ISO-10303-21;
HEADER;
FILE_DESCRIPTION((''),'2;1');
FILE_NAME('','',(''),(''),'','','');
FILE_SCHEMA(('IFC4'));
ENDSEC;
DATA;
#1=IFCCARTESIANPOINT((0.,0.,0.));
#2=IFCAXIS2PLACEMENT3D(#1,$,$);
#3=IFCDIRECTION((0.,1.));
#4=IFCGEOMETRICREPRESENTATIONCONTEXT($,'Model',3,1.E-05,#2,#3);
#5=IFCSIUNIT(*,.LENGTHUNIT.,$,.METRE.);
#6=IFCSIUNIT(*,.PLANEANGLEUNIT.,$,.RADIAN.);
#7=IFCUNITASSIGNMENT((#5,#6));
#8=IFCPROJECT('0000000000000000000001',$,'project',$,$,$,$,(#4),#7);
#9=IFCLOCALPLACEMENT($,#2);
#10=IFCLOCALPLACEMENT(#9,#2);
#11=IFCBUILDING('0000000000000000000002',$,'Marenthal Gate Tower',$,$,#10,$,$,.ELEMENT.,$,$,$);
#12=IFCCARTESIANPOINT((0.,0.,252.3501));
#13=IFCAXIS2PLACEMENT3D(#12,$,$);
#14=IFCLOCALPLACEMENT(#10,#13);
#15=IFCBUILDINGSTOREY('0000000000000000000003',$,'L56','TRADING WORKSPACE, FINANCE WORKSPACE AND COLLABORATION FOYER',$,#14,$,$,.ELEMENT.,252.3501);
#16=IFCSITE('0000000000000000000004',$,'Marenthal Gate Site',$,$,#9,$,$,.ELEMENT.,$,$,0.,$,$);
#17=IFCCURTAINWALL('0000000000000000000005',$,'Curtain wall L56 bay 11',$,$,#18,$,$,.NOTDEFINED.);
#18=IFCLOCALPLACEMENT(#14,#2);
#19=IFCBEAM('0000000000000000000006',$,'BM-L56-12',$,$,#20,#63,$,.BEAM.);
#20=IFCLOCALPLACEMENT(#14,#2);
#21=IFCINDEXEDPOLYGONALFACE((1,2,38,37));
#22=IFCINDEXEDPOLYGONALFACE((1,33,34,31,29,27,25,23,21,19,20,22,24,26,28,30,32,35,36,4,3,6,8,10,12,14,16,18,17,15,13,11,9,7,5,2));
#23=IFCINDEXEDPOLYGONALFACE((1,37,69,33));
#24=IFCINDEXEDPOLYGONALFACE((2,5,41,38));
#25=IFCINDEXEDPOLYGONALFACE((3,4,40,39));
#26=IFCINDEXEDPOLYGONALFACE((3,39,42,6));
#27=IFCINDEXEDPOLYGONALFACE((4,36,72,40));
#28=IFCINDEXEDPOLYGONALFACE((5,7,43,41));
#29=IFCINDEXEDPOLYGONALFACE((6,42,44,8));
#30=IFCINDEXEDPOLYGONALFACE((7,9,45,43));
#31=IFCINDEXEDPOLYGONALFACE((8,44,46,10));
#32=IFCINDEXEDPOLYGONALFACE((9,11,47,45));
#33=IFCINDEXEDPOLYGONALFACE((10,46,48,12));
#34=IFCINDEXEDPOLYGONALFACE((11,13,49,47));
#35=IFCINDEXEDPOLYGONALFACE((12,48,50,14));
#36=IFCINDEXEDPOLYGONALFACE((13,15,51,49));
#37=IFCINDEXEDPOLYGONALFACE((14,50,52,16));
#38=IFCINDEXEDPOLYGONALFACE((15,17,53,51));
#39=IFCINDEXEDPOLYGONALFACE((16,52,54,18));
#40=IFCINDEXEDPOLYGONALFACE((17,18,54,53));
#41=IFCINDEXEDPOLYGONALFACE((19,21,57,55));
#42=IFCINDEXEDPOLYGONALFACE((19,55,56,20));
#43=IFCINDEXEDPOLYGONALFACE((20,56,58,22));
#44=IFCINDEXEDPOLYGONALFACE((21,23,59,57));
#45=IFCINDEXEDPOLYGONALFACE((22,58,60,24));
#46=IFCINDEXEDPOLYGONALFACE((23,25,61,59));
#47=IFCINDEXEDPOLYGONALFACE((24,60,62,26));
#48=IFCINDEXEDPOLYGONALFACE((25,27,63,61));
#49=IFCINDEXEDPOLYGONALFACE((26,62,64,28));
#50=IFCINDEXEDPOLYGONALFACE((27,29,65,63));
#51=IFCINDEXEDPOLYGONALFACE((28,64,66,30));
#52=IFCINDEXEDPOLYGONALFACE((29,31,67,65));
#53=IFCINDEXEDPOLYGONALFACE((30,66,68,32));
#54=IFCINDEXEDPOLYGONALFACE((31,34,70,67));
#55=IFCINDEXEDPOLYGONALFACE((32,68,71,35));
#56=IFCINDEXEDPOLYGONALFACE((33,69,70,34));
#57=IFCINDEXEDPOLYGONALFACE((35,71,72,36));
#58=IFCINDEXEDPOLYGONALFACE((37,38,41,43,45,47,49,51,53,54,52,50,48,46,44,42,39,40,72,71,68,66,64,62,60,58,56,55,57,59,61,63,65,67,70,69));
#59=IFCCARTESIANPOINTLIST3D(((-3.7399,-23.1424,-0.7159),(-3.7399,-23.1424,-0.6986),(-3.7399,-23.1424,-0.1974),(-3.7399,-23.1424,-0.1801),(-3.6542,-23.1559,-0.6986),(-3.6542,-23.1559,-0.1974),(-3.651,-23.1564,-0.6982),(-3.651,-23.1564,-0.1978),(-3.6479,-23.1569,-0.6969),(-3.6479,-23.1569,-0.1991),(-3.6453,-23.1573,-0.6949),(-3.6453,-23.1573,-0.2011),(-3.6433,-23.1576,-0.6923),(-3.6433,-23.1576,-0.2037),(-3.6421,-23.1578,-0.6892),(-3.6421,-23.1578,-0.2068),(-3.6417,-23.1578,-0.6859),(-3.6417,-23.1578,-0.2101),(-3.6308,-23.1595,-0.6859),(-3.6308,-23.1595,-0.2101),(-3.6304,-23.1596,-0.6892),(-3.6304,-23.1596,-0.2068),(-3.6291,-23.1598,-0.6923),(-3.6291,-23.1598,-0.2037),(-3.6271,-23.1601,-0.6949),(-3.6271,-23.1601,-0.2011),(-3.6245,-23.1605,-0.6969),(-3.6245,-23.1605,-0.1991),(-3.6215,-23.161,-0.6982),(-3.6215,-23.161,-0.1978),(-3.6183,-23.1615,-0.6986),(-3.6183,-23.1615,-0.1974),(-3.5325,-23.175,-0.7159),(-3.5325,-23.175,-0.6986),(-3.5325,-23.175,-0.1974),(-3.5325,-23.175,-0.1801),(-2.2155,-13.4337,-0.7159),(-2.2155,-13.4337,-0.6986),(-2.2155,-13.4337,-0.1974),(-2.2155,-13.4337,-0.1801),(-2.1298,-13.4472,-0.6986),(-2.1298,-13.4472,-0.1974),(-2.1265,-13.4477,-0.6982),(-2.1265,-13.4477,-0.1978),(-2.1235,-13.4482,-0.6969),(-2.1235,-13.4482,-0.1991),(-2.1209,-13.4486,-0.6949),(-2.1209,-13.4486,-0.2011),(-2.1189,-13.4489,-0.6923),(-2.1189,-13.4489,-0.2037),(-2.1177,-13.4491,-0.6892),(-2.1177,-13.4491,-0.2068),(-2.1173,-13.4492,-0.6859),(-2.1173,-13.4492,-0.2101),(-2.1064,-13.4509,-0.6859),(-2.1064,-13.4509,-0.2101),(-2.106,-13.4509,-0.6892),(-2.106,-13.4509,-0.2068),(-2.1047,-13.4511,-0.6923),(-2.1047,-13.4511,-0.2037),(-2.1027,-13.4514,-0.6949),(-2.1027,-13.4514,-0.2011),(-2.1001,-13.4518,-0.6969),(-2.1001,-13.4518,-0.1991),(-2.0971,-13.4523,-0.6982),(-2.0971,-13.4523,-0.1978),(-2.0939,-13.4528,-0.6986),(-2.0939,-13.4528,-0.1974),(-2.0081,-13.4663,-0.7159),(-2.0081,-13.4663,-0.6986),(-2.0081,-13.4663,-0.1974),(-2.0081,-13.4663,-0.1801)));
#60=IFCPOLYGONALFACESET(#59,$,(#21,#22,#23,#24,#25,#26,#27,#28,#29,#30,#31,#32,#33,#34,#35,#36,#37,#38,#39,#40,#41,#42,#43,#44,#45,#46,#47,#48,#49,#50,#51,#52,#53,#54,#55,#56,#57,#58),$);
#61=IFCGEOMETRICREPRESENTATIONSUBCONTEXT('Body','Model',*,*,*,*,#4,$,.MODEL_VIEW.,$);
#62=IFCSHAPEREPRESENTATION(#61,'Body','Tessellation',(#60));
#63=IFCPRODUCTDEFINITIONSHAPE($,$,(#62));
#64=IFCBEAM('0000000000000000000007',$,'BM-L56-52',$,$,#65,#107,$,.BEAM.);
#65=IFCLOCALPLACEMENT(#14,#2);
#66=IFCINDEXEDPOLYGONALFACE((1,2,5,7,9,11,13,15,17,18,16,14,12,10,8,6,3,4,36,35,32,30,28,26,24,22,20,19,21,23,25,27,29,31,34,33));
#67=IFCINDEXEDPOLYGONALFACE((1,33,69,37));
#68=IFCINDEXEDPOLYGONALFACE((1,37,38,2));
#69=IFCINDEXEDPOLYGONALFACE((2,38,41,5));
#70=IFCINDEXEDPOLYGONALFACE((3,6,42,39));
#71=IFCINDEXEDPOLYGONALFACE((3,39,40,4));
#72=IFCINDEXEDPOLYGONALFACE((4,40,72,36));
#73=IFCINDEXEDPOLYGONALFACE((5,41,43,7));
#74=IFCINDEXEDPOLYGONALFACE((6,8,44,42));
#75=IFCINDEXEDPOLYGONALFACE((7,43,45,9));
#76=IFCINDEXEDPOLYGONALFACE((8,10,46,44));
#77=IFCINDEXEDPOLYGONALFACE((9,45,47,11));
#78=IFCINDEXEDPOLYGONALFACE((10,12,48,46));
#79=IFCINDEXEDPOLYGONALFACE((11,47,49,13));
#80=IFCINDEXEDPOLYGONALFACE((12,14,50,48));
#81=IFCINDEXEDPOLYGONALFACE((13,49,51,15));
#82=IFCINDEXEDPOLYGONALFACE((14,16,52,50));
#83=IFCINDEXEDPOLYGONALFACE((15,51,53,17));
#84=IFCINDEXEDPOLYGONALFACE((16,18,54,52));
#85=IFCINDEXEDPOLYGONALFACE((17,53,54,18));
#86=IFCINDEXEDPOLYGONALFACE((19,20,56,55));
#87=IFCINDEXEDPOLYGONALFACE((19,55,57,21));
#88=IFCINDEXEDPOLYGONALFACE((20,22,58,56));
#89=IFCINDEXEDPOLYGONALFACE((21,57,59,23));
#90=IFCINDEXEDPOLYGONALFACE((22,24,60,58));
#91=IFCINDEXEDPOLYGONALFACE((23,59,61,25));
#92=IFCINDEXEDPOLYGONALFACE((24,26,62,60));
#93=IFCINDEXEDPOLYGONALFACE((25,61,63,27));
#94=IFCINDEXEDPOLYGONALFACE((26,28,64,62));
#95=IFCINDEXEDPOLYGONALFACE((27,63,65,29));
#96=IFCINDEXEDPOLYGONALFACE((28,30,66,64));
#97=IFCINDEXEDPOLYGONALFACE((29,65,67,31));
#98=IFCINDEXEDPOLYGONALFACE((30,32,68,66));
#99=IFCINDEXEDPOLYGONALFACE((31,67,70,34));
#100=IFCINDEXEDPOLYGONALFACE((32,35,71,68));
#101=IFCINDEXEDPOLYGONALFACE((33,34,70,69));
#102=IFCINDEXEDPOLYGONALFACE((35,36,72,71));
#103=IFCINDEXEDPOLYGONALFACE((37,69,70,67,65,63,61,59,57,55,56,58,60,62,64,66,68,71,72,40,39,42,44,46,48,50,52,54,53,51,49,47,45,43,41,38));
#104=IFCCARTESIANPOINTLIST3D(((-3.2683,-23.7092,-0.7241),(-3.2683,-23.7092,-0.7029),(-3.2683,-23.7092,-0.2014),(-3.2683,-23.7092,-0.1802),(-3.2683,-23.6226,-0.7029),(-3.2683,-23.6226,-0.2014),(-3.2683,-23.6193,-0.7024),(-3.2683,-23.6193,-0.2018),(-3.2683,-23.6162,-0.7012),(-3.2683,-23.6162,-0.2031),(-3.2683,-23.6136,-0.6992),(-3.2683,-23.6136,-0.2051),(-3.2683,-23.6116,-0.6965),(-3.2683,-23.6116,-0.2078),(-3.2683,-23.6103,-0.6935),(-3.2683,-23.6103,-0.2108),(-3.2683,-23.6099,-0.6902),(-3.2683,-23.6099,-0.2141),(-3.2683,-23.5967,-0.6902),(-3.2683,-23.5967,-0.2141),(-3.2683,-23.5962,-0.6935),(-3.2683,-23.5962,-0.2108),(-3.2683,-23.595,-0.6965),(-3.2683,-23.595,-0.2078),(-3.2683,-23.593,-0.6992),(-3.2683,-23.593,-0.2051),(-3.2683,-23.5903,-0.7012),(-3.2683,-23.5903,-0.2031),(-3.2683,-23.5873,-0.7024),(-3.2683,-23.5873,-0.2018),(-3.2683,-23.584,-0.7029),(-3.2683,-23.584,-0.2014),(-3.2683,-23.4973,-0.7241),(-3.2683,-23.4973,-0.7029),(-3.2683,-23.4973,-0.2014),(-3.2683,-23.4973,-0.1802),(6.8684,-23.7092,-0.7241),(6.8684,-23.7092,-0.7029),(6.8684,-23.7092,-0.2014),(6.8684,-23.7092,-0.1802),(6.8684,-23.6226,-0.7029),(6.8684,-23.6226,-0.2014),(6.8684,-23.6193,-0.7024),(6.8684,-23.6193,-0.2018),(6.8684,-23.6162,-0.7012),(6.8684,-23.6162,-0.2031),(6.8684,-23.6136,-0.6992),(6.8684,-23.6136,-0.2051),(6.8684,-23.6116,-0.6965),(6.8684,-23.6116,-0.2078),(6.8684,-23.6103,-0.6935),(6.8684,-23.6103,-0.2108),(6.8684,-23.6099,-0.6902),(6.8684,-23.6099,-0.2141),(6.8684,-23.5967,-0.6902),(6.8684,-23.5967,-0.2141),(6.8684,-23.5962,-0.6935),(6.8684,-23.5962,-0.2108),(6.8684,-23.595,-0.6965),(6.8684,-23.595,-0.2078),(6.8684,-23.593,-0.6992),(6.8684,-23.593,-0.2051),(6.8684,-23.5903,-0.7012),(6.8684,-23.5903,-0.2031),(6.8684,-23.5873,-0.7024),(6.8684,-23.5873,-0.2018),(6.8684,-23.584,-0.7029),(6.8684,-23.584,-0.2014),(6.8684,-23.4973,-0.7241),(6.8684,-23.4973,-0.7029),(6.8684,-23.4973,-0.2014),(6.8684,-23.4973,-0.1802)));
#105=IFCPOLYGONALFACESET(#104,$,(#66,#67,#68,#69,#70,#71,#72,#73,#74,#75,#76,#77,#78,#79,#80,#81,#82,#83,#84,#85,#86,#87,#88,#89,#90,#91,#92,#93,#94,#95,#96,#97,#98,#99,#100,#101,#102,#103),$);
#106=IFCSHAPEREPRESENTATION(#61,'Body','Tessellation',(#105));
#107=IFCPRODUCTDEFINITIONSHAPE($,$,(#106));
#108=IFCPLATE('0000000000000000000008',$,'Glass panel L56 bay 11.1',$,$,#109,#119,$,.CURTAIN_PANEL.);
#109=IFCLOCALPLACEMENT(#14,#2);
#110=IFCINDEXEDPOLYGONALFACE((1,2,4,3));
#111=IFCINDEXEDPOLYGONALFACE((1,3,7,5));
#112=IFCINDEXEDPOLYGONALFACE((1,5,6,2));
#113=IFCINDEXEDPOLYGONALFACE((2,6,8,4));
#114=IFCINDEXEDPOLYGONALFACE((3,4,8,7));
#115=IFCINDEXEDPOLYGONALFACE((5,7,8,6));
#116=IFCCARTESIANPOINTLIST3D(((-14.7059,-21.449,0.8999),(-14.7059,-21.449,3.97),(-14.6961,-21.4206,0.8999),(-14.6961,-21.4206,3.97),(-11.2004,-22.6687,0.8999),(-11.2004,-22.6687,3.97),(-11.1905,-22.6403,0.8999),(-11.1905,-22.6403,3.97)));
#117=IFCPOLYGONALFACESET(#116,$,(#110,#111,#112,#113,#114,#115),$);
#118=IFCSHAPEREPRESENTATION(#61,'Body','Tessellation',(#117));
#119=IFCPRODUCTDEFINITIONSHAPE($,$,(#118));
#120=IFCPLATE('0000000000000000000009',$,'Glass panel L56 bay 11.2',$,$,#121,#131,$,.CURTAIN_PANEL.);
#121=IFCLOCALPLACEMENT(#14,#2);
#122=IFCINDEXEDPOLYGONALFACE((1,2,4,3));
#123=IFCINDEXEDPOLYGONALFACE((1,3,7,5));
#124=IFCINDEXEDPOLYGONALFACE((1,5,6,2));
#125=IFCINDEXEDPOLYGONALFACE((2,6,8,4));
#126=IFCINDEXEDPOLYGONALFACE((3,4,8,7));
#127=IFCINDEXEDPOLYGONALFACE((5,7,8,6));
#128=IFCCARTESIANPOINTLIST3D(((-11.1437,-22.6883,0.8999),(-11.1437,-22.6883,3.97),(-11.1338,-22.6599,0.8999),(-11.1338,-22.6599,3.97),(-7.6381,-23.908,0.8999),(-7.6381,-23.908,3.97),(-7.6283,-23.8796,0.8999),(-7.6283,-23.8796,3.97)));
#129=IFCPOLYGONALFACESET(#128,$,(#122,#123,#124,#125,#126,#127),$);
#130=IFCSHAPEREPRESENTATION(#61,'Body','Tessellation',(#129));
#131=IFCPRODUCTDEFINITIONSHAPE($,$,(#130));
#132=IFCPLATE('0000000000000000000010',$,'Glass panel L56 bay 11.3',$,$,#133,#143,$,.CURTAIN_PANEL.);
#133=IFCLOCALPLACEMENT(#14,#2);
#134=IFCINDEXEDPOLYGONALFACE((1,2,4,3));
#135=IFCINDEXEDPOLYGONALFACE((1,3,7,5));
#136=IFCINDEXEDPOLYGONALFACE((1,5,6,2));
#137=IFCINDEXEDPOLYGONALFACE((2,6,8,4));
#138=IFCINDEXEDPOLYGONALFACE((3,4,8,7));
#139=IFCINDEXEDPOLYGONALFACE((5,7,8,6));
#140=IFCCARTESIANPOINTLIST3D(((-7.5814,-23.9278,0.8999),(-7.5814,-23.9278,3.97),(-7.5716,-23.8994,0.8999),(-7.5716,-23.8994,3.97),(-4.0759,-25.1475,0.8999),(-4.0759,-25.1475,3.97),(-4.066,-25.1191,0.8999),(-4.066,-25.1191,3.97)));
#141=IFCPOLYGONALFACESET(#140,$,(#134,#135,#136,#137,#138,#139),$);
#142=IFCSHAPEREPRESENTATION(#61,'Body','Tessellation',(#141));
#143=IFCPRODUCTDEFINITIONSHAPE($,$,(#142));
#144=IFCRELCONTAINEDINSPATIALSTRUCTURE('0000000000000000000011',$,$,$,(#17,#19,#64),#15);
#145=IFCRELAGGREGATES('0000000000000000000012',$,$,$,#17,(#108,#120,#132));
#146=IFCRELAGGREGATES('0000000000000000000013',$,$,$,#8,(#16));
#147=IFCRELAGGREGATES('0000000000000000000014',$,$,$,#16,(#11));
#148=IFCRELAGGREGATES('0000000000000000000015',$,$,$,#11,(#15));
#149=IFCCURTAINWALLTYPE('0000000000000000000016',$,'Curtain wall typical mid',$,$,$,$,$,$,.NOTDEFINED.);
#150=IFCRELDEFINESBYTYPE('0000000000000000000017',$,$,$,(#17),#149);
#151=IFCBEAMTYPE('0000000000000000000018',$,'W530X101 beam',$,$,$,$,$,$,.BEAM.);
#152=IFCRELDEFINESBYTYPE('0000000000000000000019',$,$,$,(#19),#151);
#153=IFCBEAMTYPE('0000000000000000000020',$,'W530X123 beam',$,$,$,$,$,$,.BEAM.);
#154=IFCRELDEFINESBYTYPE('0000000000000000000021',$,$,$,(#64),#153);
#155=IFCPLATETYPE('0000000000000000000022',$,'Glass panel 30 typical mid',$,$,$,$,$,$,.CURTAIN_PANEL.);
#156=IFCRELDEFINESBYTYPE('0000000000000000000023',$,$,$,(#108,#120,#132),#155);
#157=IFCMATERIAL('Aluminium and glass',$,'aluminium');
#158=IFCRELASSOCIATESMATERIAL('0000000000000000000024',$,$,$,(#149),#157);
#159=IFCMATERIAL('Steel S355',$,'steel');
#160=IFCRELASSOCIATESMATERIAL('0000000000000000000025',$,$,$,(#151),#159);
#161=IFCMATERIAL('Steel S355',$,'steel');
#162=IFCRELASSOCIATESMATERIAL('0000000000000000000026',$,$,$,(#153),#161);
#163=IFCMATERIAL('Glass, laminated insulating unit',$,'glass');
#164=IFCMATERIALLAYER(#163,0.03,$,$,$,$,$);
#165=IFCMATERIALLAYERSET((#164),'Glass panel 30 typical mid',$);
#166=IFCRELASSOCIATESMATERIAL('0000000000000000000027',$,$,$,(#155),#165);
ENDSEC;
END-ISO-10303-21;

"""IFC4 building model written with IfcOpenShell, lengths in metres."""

from ifc_helpers import new_model, si_unit, direction, frame, origin, origin_2d, place, context, subcontext, project, spatial, rectangle, i_section, extrude, material, layer, layer_set, material_profile, profile_set, type_object, element, aggregate, save


model = new_model("IFC4")

# Units and contexts
model_context = context("Model", 3, precision=1e-05, world=origin(), true_north=direction((0.0, 1.0)))
body_context = subcontext(model_context, "Body", "Model", "MODEL_VIEW")
ifc_project = project(units=[si_unit("LENGTHUNIT", "METRE"), si_unit("PLANEANGLEUNIT", "RADIAN")], contexts=[model_context])

# Site, building, storey
site_placement = place(None, origin())
site = spatial("IfcSite", under=ifc_project, at=site_placement, Name="Marenthal Gate Site", CompositionType="ELEMENT", RefElevation=0.0)
building_placement = place(site_placement, origin())
building = spatial("IfcBuilding", under=site, at=building_placement, Name="Marenthal Gate Tower", CompositionType="ELEMENT")
storey_placement = place(building_placement, frame((0.0, 0.0, 252.3501)))
storey = spatial("IfcBuildingStorey", under=building, at=storey_placement, Name="L56", Description="TRADING WORKSPACE, FINANCE WORKSPACE AND COLLABORATION FOYER", CompositionType="ELEMENT", Elevation=252.3501)

# Curtain wall
ifc_material_1 = material(Name="Aluminium and glass", Category="aluminium")
curtain_wall_type = type_object("IfcCurtainWallType", Name="Curtain wall typical mid", PredefinedType="NOTDEFINED", material=ifc_material_1)
curtain_wall_placement = place(storey_placement, origin())
curtain_wall = element("IfcCurtainWall", 1, at=curtain_wall_placement, inside=storey, type_object=curtain_wall_type, Name="Curtain wall L56 bay 11", PredefinedType="NOTDEFINED")

# Beams
ifc_material_2 = material(Name="Steel S355", Category="steel")
ifc_material_profile_1 = material_profile(ifc_material_2, i_section(OverallWidth=0.21, OverallDepth=0.5359, WebThickness=0.011, FlangeThickness=0.0173, FilletRadius=0.0127, at=origin_2d()), Name="W530X101")
ifc_profile_set_1 = profile_set([ifc_material_profile_1], Name="Steel S355")
beam_type_1 = type_object("IfcBeamType", Name="W530X101 beam", PredefinedType="BEAM", material=ifc_profile_set_1)
beam_1_placement = place(storey_placement, frame((-3.6362, -23.1587, -0.448), z_axis=(0.155114, 0.987897, 0.0), x_axis=(-0.987897, 0.155114, 0.0)))
element("IfcBeam", 2, at=beam_1_placement, inside=storey, type_object=beam_type_1, Name="BM-L56-12", PredefinedType="BEAM", context=body_context, shape_type="SweptSolid", body=[
    extrude(i_section(OverallWidth=0.21, OverallDepth=0.5359, WebThickness=0.011, FlangeThickness=0.0173, FilletRadius=0.0127, at=origin_2d()), origin(), (0.0, 0.0, 1.0), 9.8276),
])
ifc_material_3 = material(Name="Steel S355", Category="steel")
ifc_material_profile_2 = material_profile(ifc_material_3, i_section(OverallWidth=0.2119, OverallDepth=0.5439, WebThickness=0.0132, FlangeThickness=0.0212, FilletRadius=0.0127, at=origin_2d()), Name="W530X123")
ifc_profile_set_2 = profile_set([ifc_material_profile_2], Name="Steel S355")
beam_type_2 = type_object("IfcBeamType", Name="W530X123 beam", PredefinedType="BEAM", material=ifc_profile_set_2)
beam_2_placement = place(storey_placement, frame((-3.2683, -23.6033, -0.4521), z_axis=(1.0, 0.0, 0.0), x_axis=(0.0, 1.0, 0.0)))
element("IfcBeam", 3, at=beam_2_placement, inside=storey, type_object=beam_type_2, Name="BM-L56-52", PredefinedType="BEAM", context=body_context, shape_type="SweptSolid", body=[
    extrude(i_section(OverallWidth=0.2119, OverallDepth=0.5439, WebThickness=0.0132, FlangeThickness=0.0212, FilletRadius=0.0127, at=origin_2d()), origin(), (0.0, 0.0, 1.0), 10.1367),
])

# Plates
ifc_material_4 = material(Name="Glass, laminated insulating unit", Category="glass")
ifc_layer_1 = layer(ifc_material_4, 0.03)
ifc_layer_set_1 = layer_set([ifc_layer_1], Name="Glass panel 30 typical mid")
plate_type = type_object("IfcPlateType", Name="Glass panel 30 typical mid", PredefinedType="CURTAIN_PANEL", material=ifc_layer_set_1)
plate_1_placement = place(storey_placement, frame((-12.9482, -22.0447, 0.8999), z_axis=(0.0, 0.0, 1.0), x_axis=(0.944465, -0.328612, 0.0)))
plate_1 = element("IfcPlate", 4, at=plate_1_placement, type_object=plate_type, Name="Glass panel L56 bay 11.1", PredefinedType="CURTAIN_PANEL", context=body_context, shape_type="SweptSolid", body=[
    extrude(rectangle(XDim=3.7117, YDim=0.03, at=origin_2d()), origin(), (0.0, 0.0, 1.0), 3.0701),
])
plate_2_placement = place(storey_placement, frame((-9.386, -23.2839, 0.8999), z_axis=(0.0, 0.0, 1.0), x_axis=(0.944465, -0.328612, 0.0)))
plate_2 = element("IfcPlate", 5, at=plate_2_placement, type_object=plate_type, Name="Glass panel L56 bay 11.2", PredefinedType="CURTAIN_PANEL", context=body_context, shape_type="SweptSolid", body=[
    extrude(rectangle(XDim=3.7117, YDim=0.03, at=origin_2d()), origin(), (0.0, 0.0, 1.0), 3.0701),
])
plate_3_placement = place(storey_placement, frame((-5.8237, -24.5234, 0.8999), z_axis=(0.0, 0.0, 1.0), x_axis=(0.944465, -0.328612, 0.0)))
plate_3 = element("IfcPlate", 6, at=plate_3_placement, type_object=plate_type, Name="Glass panel L56 bay 11.3", PredefinedType="CURTAIN_PANEL", context=body_context, shape_type="SweptSolid", body=[
    extrude(rectangle(XDim=3.7117, YDim=0.03, at=origin_2d()), origin(), (0.0, 0.0, 1.0), 3.0701),
])
aggregate(curtain_wall, [plate_1, plate_2, plate_3])

save(model, "model.ifc")
